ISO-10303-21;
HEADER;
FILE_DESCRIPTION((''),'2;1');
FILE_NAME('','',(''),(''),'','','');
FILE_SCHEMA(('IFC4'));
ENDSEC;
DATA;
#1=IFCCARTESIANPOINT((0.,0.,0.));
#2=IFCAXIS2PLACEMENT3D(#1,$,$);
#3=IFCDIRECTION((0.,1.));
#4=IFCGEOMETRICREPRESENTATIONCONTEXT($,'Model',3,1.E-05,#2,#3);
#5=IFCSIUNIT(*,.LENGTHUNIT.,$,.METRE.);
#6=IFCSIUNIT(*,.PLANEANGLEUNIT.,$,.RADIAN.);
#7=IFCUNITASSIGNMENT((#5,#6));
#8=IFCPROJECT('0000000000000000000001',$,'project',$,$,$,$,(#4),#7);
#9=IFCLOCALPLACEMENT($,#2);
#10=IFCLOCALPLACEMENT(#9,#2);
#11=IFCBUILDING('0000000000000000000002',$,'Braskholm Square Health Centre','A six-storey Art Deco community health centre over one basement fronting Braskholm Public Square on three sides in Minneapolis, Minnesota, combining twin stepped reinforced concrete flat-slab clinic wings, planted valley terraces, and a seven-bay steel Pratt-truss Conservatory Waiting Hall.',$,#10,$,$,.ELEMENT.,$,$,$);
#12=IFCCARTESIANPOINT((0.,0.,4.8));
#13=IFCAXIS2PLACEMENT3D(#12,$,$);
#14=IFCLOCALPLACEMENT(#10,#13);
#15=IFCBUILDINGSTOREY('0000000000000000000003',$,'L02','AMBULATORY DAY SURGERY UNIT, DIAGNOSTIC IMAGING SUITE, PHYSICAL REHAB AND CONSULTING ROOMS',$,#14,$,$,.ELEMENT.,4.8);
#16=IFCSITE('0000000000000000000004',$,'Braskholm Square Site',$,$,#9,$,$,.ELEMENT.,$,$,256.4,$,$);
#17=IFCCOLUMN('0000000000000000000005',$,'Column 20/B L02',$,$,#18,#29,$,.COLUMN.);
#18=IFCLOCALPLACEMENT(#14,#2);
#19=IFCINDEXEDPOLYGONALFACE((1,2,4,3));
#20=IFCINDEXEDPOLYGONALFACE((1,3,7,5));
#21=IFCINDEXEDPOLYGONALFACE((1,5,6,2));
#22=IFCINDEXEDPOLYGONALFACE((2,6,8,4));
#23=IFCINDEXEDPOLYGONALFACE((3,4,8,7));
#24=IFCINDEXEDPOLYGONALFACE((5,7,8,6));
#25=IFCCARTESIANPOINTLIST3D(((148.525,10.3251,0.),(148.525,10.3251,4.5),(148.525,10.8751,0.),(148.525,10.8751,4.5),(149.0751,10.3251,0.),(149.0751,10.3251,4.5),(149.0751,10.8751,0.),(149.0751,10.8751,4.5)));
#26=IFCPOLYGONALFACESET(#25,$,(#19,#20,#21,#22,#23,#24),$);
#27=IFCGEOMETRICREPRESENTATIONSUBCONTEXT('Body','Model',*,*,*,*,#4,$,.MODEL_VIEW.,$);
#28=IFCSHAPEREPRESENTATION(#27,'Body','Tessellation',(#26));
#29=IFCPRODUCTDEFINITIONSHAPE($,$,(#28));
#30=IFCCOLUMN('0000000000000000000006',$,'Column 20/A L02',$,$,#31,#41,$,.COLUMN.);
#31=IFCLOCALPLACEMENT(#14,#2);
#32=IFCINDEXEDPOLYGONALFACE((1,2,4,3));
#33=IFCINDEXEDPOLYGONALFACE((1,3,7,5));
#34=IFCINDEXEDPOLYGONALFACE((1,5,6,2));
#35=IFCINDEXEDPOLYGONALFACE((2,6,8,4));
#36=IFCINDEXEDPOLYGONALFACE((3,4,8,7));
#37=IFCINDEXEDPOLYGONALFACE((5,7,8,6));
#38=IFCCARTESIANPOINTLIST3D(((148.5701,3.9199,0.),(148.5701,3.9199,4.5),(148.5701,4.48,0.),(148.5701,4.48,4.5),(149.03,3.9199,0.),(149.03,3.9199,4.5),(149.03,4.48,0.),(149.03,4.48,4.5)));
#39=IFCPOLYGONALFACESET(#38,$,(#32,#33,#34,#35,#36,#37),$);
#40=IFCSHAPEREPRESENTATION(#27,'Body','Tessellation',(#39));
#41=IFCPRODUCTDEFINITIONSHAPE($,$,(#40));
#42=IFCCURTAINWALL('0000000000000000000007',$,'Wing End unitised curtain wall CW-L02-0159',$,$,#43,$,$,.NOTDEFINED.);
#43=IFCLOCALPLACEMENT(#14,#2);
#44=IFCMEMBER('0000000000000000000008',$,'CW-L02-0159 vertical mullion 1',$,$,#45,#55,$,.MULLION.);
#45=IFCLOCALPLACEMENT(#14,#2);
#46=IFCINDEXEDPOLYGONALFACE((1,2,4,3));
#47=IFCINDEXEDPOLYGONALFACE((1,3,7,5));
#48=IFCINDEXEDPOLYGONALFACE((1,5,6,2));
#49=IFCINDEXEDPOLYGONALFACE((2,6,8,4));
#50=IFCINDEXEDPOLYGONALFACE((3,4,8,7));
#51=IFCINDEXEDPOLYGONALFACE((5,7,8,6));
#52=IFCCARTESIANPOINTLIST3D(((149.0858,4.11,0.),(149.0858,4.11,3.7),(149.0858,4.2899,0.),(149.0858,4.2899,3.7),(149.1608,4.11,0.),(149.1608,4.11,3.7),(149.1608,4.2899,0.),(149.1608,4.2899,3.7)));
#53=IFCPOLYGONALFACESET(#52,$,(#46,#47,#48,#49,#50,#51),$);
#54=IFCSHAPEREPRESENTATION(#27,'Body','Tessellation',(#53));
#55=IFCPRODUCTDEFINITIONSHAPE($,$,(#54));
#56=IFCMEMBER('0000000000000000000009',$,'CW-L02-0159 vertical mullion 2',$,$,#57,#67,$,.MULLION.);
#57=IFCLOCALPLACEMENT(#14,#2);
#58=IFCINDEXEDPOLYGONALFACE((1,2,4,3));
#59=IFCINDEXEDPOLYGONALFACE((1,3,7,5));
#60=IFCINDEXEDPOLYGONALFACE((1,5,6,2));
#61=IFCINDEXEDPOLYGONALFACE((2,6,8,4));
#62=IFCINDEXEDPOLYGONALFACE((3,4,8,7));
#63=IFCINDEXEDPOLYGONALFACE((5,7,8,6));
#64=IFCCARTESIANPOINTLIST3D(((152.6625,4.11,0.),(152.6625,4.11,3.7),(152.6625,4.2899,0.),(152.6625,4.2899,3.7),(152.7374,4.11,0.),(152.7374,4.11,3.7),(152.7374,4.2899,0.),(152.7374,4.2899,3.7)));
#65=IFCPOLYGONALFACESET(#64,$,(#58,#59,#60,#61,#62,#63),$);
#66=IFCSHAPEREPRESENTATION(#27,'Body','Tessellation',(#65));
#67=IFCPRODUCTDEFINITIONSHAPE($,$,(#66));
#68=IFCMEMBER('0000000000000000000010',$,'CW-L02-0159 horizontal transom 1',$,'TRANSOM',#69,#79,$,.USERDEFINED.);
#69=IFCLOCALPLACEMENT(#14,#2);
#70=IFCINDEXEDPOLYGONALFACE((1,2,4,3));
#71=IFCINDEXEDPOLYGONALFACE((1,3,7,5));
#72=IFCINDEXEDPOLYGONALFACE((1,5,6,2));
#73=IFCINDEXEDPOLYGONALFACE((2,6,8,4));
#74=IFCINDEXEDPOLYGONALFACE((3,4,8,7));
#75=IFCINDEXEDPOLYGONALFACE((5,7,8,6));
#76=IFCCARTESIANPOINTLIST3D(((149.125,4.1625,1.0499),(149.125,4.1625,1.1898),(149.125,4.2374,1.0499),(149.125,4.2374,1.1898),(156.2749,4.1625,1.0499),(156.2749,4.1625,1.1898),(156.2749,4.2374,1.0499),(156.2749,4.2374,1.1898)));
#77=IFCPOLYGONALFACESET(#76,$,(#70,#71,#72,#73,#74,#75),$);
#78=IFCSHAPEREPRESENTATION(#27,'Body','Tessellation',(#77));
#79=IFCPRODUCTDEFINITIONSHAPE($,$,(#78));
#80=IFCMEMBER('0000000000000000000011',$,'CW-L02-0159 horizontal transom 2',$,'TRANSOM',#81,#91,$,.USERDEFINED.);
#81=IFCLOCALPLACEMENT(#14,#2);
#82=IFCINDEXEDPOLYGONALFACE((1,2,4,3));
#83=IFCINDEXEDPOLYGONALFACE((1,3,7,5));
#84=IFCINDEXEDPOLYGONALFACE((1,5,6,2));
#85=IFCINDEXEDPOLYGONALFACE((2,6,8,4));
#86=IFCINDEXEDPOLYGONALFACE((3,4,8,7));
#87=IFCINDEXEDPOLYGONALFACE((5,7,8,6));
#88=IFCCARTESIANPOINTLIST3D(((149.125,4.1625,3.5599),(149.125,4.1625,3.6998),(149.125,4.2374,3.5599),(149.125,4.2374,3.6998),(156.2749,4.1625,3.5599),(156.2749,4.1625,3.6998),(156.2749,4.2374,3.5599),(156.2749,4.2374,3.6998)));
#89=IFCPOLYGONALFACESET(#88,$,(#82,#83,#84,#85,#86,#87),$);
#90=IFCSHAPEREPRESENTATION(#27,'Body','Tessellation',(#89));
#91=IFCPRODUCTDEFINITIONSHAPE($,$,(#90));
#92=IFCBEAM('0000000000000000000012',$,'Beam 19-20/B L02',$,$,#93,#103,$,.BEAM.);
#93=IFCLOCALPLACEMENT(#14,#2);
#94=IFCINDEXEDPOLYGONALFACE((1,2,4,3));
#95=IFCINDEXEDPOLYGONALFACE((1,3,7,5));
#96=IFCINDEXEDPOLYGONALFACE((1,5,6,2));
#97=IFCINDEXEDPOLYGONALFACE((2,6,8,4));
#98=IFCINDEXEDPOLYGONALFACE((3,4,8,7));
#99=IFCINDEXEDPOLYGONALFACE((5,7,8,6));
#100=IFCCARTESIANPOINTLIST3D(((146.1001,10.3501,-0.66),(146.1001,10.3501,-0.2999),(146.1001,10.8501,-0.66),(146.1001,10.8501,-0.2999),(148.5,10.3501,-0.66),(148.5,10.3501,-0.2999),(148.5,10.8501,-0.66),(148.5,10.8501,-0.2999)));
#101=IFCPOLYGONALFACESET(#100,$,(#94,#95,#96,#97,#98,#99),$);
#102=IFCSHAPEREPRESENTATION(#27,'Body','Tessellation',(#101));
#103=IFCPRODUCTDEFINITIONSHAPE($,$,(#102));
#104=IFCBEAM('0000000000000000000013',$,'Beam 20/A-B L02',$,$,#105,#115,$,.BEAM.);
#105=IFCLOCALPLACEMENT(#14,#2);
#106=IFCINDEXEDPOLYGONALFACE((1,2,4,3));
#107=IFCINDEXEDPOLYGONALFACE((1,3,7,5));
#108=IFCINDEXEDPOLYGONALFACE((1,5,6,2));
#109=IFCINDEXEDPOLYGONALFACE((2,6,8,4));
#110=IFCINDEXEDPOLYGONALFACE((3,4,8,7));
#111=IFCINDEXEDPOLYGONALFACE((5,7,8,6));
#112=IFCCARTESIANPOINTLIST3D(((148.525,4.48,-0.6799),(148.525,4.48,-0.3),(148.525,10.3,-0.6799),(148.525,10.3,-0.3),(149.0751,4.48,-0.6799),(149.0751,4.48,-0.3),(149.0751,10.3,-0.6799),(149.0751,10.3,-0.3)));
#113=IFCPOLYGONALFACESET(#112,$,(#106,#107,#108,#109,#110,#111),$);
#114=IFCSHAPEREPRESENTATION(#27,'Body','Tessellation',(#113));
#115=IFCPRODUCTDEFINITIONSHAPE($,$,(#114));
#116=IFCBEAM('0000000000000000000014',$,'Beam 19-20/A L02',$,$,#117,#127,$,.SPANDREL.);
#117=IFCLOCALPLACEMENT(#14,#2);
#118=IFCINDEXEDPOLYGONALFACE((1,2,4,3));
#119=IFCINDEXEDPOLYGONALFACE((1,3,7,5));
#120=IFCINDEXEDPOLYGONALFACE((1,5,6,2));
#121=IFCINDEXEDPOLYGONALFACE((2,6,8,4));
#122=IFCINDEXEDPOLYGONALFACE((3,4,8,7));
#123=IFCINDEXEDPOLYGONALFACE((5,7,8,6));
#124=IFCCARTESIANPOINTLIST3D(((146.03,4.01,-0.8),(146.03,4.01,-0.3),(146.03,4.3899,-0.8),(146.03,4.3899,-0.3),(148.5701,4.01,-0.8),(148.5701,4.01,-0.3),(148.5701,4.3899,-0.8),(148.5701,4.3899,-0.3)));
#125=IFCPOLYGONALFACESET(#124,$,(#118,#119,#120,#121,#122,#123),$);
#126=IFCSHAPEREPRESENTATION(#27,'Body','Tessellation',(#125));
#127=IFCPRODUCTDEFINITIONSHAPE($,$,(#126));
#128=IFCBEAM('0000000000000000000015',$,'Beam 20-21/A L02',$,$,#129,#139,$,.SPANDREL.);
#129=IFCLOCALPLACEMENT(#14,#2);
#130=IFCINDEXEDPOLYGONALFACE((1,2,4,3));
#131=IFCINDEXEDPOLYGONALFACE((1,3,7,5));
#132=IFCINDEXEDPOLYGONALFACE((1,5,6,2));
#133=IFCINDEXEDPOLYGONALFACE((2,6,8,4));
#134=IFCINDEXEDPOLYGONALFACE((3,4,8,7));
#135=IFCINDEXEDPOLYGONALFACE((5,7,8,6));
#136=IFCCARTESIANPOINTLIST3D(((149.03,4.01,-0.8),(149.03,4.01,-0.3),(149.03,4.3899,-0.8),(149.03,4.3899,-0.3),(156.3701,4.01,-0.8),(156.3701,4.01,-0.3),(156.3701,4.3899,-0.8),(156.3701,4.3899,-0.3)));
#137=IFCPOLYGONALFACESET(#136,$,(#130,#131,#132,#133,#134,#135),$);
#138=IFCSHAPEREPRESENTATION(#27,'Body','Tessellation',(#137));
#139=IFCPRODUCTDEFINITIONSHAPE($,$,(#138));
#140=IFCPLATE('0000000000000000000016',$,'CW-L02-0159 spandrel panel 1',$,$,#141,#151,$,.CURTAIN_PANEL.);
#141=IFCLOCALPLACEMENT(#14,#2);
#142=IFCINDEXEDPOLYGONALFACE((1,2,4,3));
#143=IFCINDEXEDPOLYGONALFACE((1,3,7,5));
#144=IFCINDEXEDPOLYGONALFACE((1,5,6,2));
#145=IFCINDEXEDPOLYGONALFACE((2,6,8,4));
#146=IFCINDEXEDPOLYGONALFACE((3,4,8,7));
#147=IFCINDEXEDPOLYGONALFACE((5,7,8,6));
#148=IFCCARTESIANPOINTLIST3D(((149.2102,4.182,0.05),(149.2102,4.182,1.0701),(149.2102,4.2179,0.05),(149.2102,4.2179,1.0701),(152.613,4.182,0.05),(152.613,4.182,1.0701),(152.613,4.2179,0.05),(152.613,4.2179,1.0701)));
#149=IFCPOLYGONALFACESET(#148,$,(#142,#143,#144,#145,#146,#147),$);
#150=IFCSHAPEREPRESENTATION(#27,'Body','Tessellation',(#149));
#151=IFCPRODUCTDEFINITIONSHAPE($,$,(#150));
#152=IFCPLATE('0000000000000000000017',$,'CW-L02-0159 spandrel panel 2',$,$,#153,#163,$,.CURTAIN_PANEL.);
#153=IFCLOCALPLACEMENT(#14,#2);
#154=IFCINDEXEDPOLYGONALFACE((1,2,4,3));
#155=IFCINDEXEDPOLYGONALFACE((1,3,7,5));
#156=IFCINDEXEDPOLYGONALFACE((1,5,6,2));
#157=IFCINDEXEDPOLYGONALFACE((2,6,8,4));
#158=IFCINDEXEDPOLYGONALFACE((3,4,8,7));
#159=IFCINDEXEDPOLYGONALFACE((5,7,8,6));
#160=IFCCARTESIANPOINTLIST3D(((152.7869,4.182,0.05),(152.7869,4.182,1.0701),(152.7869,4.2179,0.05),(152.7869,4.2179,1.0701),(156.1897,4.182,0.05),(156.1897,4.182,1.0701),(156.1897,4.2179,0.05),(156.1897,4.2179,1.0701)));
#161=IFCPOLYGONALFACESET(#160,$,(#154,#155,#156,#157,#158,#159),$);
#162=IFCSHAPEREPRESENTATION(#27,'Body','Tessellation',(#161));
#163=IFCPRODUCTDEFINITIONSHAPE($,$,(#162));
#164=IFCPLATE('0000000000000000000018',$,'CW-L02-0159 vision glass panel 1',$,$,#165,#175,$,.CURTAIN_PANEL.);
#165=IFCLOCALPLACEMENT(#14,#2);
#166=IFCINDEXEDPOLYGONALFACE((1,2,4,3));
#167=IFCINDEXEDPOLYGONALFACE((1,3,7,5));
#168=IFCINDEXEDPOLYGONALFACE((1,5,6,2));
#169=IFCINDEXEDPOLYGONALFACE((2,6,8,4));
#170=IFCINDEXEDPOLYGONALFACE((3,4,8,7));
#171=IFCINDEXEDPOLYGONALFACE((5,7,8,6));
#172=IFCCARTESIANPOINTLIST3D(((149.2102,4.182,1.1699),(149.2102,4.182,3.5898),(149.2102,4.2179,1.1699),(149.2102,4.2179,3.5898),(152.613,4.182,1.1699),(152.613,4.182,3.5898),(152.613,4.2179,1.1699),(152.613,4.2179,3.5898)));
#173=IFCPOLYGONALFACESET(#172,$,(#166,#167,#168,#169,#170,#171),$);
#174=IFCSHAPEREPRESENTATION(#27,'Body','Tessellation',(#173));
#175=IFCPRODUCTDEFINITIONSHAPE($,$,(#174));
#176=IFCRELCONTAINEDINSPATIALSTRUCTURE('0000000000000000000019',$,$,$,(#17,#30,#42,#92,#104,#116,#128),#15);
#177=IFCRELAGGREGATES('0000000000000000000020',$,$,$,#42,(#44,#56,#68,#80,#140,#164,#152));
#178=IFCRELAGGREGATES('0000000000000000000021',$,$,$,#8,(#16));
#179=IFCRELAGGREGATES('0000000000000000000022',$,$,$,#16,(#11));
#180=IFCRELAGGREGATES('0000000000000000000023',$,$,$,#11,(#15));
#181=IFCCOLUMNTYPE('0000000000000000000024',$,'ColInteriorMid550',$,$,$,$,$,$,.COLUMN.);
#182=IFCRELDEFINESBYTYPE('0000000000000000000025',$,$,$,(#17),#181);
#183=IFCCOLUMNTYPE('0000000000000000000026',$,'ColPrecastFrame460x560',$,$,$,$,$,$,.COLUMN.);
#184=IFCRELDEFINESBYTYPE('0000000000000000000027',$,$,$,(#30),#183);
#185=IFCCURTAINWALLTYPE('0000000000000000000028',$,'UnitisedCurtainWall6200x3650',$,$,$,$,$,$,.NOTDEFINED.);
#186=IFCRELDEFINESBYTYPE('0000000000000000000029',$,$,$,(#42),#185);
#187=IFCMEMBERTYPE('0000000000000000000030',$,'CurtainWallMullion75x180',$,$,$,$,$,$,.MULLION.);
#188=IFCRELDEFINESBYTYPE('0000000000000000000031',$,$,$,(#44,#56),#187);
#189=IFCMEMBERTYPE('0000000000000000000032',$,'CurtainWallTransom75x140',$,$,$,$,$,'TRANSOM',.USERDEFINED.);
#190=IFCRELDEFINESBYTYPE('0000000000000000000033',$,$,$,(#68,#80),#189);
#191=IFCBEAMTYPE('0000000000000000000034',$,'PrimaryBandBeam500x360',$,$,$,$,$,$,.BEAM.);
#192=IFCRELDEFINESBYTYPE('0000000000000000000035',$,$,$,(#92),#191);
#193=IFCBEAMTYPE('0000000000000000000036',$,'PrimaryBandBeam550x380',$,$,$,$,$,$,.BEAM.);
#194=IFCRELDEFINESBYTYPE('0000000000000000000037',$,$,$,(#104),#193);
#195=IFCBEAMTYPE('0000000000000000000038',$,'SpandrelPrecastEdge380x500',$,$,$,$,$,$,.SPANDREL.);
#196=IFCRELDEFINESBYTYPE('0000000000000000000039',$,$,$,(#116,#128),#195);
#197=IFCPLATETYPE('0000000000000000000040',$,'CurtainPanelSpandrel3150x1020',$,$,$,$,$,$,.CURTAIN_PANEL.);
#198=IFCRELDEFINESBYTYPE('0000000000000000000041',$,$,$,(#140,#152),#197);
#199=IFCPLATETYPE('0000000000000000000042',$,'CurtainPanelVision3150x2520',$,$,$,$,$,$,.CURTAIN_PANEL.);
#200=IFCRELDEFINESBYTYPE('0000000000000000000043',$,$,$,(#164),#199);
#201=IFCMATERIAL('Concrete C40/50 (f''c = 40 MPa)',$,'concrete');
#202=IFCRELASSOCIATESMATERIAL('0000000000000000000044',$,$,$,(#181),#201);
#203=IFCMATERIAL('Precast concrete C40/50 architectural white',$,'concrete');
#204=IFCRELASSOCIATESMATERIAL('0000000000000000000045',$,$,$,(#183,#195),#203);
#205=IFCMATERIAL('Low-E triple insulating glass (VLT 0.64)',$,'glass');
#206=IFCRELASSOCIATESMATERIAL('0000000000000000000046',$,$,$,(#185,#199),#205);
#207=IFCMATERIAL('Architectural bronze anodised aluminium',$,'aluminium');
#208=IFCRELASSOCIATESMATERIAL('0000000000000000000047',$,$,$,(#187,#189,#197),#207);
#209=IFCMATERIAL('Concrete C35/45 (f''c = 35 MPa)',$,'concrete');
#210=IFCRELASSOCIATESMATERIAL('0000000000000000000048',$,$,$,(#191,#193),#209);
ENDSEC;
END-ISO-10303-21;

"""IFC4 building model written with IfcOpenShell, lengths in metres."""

from ifc_helpers import new_model, si_unit, direction, frame, origin, origin_2d, place, context, subcontext, project, spatial, rectangle, extrude, material, material_profile, profile_set, type_object, element, aggregate, save


model = new_model("IFC4")

# Units and contexts
model_context = context("Model", 3, precision=1e-05, world=origin(), true_north=direction((0.0, 1.0)))
body_context = subcontext(model_context, "Body", "Model", "MODEL_VIEW")
ifc_project = project(units=[si_unit("LENGTHUNIT", "METRE"), si_unit("PLANEANGLEUNIT", "RADIAN")], contexts=[model_context])

# Site, building, storey
site_placement = place(None, origin())
site = spatial("IfcSite", under=ifc_project, at=site_placement, Name="Braskholm Square Site", CompositionType="ELEMENT", RefElevation=256.4)
building_placement = place(site_placement, origin())
building = spatial("IfcBuilding", under=site, at=building_placement, Name="Braskholm Square Health Centre", Description="A six-storey Art Deco community health centre over one basement fronting Braskholm Public Square on three sides in Minneapolis, Minnesota, combining twin stepped reinforced concrete flat-slab clinic wings, planted valley terraces, and a seven-bay steel Pratt-truss Conservatory Waiting Hall.", CompositionType="ELEMENT")
storey_placement = place(building_placement, frame((0.0, 0.0, 4.8)))
storey = spatial("IfcBuildingStorey", under=building, at=storey_placement, Name="L02", Description="AMBULATORY DAY SURGERY UNIT, DIAGNOSTIC IMAGING SUITE, PHYSICAL REHAB AND CONSULTING ROOMS", CompositionType="ELEMENT", Elevation=4.8)

# Columns
ifc_material_1 = material(Name="Concrete C40/50 (f'c = 40 MPa)", Category="concrete")
ifc_material_profile_1 = material_profile(ifc_material_1, rectangle(XDim=0.55, YDim=0.55, at=origin_2d()), Name="RC-550X550")
ifc_profile_set_1 = profile_set([ifc_material_profile_1], Name="Concrete C40/50 (f'c = 40 MPa)")
column_type_1 = type_object("IfcColumnType", Name="ColInteriorMid550", PredefinedType="COLUMN", material=ifc_profile_set_1)
column_1_placement = place(storey_placement, frame((148.8, 10.6001, 0.0), z_axis=(0.0, 0.0, 1.0), x_axis=(1.0, 0.0, 0.0)))
element("IfcColumn", 1, at=column_1_placement, inside=storey, type_object=column_type_1, Name="Column 20/B L02", PredefinedType="COLUMN", context=body_context, shape_type="SweptSolid", body=[
    extrude(rectangle(XDim=0.55, YDim=0.55, at=origin_2d()), origin(), (0.0, 0.0, 1.0), 4.5),
])
ifc_material_2 = material(Name="Precast concrete C40/50 architectural white", Category="concrete")
ifc_material_profile_2 = material_profile(ifc_material_2, rectangle(XDim=0.46, YDim=0.5601, at=origin_2d()), Name="RC-460X560")
ifc_profile_set_2 = profile_set([ifc_material_profile_2], Name="Precast concrete C40/50 architectural white")
column_type_2 = type_object("IfcColumnType", Name="ColPrecastFrame460x560", PredefinedType="COLUMN", material=ifc_profile_set_2)
column_2_placement = place(storey_placement, frame((148.8, 4.2, 0.0), z_axis=(0.0, 0.0, 1.0), x_axis=(1.0, 0.0, 0.0)))
element("IfcColumn", 2, at=column_2_placement, inside=storey, type_object=column_type_2, Name="Column 20/A L02", PredefinedType="COLUMN", context=body_context, shape_type="SweptSolid", body=[
    extrude(rectangle(XDim=0.46, YDim=0.5601, at=origin_2d()), origin(), (0.0, 0.0, 1.0), 4.5),
])

# Curtain wall, members
ifc_material_3 = material(Name="Low-E triple insulating glass (VLT 0.64)", Category="glass")
curtain_wall_type = type_object("IfcCurtainWallType", Name="UnitisedCurtainWall6200x3650", PredefinedType="NOTDEFINED", material=ifc_material_3)
curtain_wall_placement = place(storey_placement, origin())
curtain_wall = element("IfcCurtainWall", 3, at=curtain_wall_placement, inside=storey, type_object=curtain_wall_type, Name="Wing End unitised curtain wall CW-L02-0159", PredefinedType="NOTDEFINED")
ifc_material_4 = material(Name="Architectural bronze anodised aluminium", Category="aluminium")
ifc_material_profile_3 = material_profile(ifc_material_4, rectangle(XDim=0.075, YDim=0.1799, at=origin_2d()), Name="ALU-75X180")
ifc_profile_set_3 = profile_set([ifc_material_profile_3], Name="Architectural bronze anodised aluminium")
member_type_1 = type_object("IfcMemberType", Name="CurtainWallMullion75x180", PredefinedType="MULLION", material=ifc_profile_set_3)
member_1_placement = place(storey_placement, frame((149.1233, 4.2, 0.0), z_axis=(0.0, 0.0, 1.0), x_axis=(1.0, 0.0, 0.0)))
member_1 = element("IfcMember", 4, at=member_1_placement, type_object=member_type_1, Name="CW-L02-0159 vertical mullion 1", PredefinedType="MULLION", context=body_context, shape_type="SweptSolid", body=[
    extrude(rectangle(XDim=0.075, YDim=0.1799, at=origin_2d()), origin(), (0.0, 0.0, 1.0), 3.7),
])
member_2_placement = place(storey_placement, frame((152.7, 4.2, 0.0), z_axis=(0.0, 0.0, 1.0), x_axis=(1.0, 0.0, 0.0)))
member_2 = element("IfcMember", 5, at=member_2_placement, type_object=member_type_1, Name="CW-L02-0159 vertical mullion 2", PredefinedType="MULLION", context=body_context, shape_type="SweptSolid", body=[
    extrude(rectangle(XDim=0.075, YDim=0.1799, at=origin_2d()), origin(), (0.0, 0.0, 1.0), 3.7),
])
ifc_material_profile_4 = material_profile(ifc_material_4, rectangle(XDim=0.075, YDim=0.1399, at=origin_2d()), Name="ALU-75X140")
ifc_profile_set_4 = profile_set([ifc_material_profile_4], Name="Architectural bronze anodised aluminium")
member_type_2 = type_object("IfcMemberType", Name="CurtainWallTransom75x140", ElementType="TRANSOM", PredefinedType="USERDEFINED", material=ifc_profile_set_4)
member_3_placement = place(storey_placement, frame((149.125, 4.2, 1.1199), z_axis=(1.0, 0.0, 0.0), x_axis=(0.0, 1.0, 0.0)))
member_3 = element("IfcMember", 6, at=member_3_placement, type_object=member_type_2, Name="CW-L02-0159 horizontal transom 1", ObjectType="TRANSOM", PredefinedType="USERDEFINED", context=body_context, shape_type="SweptSolid", body=[
    extrude(rectangle(XDim=0.075, YDim=0.1399, at=origin_2d()), origin(), (0.0, 0.0, 1.0), 7.1499),
])
member_4_placement = place(storey_placement, frame((149.125, 4.2, 3.6299), z_axis=(1.0, 0.0, 0.0), x_axis=(0.0, 1.0, 0.0)))
member_4 = element("IfcMember", 7, at=member_4_placement, type_object=member_type_2, Name="CW-L02-0159 horizontal transom 2", ObjectType="TRANSOM", PredefinedType="USERDEFINED", context=body_context, shape_type="SweptSolid", body=[
    extrude(rectangle(XDim=0.075, YDim=0.1399, at=origin_2d()), origin(), (0.0, 0.0, 1.0), 7.1499),
])

# Beams
ifc_material_5 = material(Name="Concrete C35/45 (f'c = 35 MPa)", Category="concrete")
ifc_material_profile_5 = material_profile(ifc_material_5, rectangle(XDim=0.5, YDim=0.3601, at=origin_2d()), Name="RCB-500X360")
ifc_profile_set_5 = profile_set([ifc_material_profile_5], Name="Concrete C35/45 (f'c = 35 MPa)")
beam_type_1 = type_object("IfcBeamType", Name="PrimaryBandBeam500x360", PredefinedType="BEAM", material=ifc_profile_set_5)
beam_1_placement = place(storey_placement, frame((146.1001, 10.6001, -0.48), z_axis=(1.0, 0.0, 0.0), x_axis=(0.0, 1.0, 0.0)))
element("IfcBeam", 8, at=beam_1_placement, inside=storey, type_object=beam_type_1, Name="Beam 19-20/B L02", PredefinedType="BEAM", context=body_context, shape_type="SweptSolid", body=[
    extrude(rectangle(XDim=0.5, YDim=0.3601, at=origin_2d()), origin(), (0.0, 0.0, 1.0), 2.3999),
])
ifc_material_profile_6 = material_profile(ifc_material_5, rectangle(XDim=0.55, YDim=0.3799, at=origin_2d()), Name="RCB-550X380")
ifc_profile_set_6 = profile_set([ifc_material_profile_6], Name="Concrete C35/45 (f'c = 35 MPa)")
beam_type_2 = type_object("IfcBeamType", Name="PrimaryBandBeam550x380", PredefinedType="BEAM", material=ifc_profile_set_6)
beam_2_placement = place(storey_placement, frame((148.8, 4.48, -0.49), z_axis=(0.0, 1.0, 0.0), x_axis=(-1.0, 0.0, 0.0)))
element("IfcBeam", 9, at=beam_2_placement, inside=storey, type_object=beam_type_2, Name="Beam 20/A-B L02", PredefinedType="BEAM", context=body_context, shape_type="SweptSolid", body=[
    extrude(rectangle(XDim=0.55, YDim=0.3799, at=origin_2d()), origin(), (0.0, 0.0, 1.0), 5.8201),
])
ifc_material_profile_7 = material_profile(ifc_material_2, rectangle(XDim=0.3799, YDim=0.5, at=origin_2d()), Name="RCB-380X500")
ifc_profile_set_7 = profile_set([ifc_material_profile_7], Name="Precast concrete C40/50 architectural white")
beam_type_3 = type_object("IfcBeamType", Name="SpandrelPrecastEdge380x500", PredefinedType="SPANDREL", material=ifc_profile_set_7)
beam_3_placement = place(storey_placement, frame((146.03, 4.2, -0.55), z_axis=(1.0, 0.0, 0.0), x_axis=(0.0, 1.0, 0.0)))
element("IfcBeam", 10, at=beam_3_placement, inside=storey, type_object=beam_type_3, Name="Beam 19-20/A L02", PredefinedType="SPANDREL", context=body_context, shape_type="SweptSolid", body=[
    extrude(rectangle(XDim=0.3799, YDim=0.5, at=origin_2d()), origin(), (0.0, 0.0, 1.0), 2.54),
])
beam_4_placement = place(storey_placement, frame((149.03, 4.2, -0.55), z_axis=(1.0, 0.0, 0.0), x_axis=(0.0, 1.0, 0.0)))
element("IfcBeam", 11, at=beam_4_placement, inside=storey, type_object=beam_type_3, Name="Beam 20-21/A L02", PredefinedType="SPANDREL", context=body_context, shape_type="SweptSolid", body=[
    extrude(rectangle(XDim=0.3799, YDim=0.5, at=origin_2d()), origin(), (0.0, 0.0, 1.0), 7.3401),
])

# Plates
plate_type_1 = type_object("IfcPlateType", Name="CurtainPanelSpandrel3150x1020", PredefinedType="CURTAIN_PANEL", material=ifc_material_4)
plate_1_placement = place(storey_placement, frame((150.9116, 4.2, 0.05), z_axis=(0.0, 0.0, 1.0), x_axis=(1.0, 0.0, 0.0)))
plate_1 = element("IfcPlate", 12, at=plate_1_placement, type_object=plate_type_1, Name="CW-L02-0159 spandrel panel 1", PredefinedType="CURTAIN_PANEL", context=body_context, shape_type="SweptSolid", body=[
    extrude(rectangle(XDim=3.4028, YDim=0.0359, at=origin_2d()), origin(), (0.0, 0.0, 1.0), 1.02),
])
plate_2_placement = place(storey_placement, frame((154.4883, 4.2, 0.05), z_axis=(0.0, 0.0, 1.0), x_axis=(1.0, 0.0, 0.0)))
plate_2 = element("IfcPlate", 13, at=plate_2_placement, type_object=plate_type_1, Name="CW-L02-0159 spandrel panel 2", PredefinedType="CURTAIN_PANEL", context=body_context, shape_type="SweptSolid", body=[
    extrude(rectangle(XDim=3.4028, YDim=0.0359, at=origin_2d()), origin(), (0.0, 0.0, 1.0), 1.02),
])
plate_type_2 = type_object("IfcPlateType", Name="CurtainPanelVision3150x2520", PredefinedType="CURTAIN_PANEL", material=ifc_material_3)
plate_3_placement = place(storey_placement, frame((150.9116, 4.2, 1.1699), z_axis=(0.0, 0.0, 1.0), x_axis=(1.0, 0.0, 0.0)))
plate_3 = element("IfcPlate", 14, at=plate_3_placement, type_object=plate_type_2, Name="CW-L02-0159 vision glass panel 1", PredefinedType="CURTAIN_PANEL", context=body_context, shape_type="SweptSolid", body=[
    extrude(rectangle(XDim=3.4028, YDim=0.0359, at=origin_2d()), origin(), (0.0, 0.0, 1.0), 2.4199),
])
aggregate(curtain_wall, [member_1, member_2, member_3, member_4, plate_1, plate_3, plate_2])

save(model, "model.ifc")
